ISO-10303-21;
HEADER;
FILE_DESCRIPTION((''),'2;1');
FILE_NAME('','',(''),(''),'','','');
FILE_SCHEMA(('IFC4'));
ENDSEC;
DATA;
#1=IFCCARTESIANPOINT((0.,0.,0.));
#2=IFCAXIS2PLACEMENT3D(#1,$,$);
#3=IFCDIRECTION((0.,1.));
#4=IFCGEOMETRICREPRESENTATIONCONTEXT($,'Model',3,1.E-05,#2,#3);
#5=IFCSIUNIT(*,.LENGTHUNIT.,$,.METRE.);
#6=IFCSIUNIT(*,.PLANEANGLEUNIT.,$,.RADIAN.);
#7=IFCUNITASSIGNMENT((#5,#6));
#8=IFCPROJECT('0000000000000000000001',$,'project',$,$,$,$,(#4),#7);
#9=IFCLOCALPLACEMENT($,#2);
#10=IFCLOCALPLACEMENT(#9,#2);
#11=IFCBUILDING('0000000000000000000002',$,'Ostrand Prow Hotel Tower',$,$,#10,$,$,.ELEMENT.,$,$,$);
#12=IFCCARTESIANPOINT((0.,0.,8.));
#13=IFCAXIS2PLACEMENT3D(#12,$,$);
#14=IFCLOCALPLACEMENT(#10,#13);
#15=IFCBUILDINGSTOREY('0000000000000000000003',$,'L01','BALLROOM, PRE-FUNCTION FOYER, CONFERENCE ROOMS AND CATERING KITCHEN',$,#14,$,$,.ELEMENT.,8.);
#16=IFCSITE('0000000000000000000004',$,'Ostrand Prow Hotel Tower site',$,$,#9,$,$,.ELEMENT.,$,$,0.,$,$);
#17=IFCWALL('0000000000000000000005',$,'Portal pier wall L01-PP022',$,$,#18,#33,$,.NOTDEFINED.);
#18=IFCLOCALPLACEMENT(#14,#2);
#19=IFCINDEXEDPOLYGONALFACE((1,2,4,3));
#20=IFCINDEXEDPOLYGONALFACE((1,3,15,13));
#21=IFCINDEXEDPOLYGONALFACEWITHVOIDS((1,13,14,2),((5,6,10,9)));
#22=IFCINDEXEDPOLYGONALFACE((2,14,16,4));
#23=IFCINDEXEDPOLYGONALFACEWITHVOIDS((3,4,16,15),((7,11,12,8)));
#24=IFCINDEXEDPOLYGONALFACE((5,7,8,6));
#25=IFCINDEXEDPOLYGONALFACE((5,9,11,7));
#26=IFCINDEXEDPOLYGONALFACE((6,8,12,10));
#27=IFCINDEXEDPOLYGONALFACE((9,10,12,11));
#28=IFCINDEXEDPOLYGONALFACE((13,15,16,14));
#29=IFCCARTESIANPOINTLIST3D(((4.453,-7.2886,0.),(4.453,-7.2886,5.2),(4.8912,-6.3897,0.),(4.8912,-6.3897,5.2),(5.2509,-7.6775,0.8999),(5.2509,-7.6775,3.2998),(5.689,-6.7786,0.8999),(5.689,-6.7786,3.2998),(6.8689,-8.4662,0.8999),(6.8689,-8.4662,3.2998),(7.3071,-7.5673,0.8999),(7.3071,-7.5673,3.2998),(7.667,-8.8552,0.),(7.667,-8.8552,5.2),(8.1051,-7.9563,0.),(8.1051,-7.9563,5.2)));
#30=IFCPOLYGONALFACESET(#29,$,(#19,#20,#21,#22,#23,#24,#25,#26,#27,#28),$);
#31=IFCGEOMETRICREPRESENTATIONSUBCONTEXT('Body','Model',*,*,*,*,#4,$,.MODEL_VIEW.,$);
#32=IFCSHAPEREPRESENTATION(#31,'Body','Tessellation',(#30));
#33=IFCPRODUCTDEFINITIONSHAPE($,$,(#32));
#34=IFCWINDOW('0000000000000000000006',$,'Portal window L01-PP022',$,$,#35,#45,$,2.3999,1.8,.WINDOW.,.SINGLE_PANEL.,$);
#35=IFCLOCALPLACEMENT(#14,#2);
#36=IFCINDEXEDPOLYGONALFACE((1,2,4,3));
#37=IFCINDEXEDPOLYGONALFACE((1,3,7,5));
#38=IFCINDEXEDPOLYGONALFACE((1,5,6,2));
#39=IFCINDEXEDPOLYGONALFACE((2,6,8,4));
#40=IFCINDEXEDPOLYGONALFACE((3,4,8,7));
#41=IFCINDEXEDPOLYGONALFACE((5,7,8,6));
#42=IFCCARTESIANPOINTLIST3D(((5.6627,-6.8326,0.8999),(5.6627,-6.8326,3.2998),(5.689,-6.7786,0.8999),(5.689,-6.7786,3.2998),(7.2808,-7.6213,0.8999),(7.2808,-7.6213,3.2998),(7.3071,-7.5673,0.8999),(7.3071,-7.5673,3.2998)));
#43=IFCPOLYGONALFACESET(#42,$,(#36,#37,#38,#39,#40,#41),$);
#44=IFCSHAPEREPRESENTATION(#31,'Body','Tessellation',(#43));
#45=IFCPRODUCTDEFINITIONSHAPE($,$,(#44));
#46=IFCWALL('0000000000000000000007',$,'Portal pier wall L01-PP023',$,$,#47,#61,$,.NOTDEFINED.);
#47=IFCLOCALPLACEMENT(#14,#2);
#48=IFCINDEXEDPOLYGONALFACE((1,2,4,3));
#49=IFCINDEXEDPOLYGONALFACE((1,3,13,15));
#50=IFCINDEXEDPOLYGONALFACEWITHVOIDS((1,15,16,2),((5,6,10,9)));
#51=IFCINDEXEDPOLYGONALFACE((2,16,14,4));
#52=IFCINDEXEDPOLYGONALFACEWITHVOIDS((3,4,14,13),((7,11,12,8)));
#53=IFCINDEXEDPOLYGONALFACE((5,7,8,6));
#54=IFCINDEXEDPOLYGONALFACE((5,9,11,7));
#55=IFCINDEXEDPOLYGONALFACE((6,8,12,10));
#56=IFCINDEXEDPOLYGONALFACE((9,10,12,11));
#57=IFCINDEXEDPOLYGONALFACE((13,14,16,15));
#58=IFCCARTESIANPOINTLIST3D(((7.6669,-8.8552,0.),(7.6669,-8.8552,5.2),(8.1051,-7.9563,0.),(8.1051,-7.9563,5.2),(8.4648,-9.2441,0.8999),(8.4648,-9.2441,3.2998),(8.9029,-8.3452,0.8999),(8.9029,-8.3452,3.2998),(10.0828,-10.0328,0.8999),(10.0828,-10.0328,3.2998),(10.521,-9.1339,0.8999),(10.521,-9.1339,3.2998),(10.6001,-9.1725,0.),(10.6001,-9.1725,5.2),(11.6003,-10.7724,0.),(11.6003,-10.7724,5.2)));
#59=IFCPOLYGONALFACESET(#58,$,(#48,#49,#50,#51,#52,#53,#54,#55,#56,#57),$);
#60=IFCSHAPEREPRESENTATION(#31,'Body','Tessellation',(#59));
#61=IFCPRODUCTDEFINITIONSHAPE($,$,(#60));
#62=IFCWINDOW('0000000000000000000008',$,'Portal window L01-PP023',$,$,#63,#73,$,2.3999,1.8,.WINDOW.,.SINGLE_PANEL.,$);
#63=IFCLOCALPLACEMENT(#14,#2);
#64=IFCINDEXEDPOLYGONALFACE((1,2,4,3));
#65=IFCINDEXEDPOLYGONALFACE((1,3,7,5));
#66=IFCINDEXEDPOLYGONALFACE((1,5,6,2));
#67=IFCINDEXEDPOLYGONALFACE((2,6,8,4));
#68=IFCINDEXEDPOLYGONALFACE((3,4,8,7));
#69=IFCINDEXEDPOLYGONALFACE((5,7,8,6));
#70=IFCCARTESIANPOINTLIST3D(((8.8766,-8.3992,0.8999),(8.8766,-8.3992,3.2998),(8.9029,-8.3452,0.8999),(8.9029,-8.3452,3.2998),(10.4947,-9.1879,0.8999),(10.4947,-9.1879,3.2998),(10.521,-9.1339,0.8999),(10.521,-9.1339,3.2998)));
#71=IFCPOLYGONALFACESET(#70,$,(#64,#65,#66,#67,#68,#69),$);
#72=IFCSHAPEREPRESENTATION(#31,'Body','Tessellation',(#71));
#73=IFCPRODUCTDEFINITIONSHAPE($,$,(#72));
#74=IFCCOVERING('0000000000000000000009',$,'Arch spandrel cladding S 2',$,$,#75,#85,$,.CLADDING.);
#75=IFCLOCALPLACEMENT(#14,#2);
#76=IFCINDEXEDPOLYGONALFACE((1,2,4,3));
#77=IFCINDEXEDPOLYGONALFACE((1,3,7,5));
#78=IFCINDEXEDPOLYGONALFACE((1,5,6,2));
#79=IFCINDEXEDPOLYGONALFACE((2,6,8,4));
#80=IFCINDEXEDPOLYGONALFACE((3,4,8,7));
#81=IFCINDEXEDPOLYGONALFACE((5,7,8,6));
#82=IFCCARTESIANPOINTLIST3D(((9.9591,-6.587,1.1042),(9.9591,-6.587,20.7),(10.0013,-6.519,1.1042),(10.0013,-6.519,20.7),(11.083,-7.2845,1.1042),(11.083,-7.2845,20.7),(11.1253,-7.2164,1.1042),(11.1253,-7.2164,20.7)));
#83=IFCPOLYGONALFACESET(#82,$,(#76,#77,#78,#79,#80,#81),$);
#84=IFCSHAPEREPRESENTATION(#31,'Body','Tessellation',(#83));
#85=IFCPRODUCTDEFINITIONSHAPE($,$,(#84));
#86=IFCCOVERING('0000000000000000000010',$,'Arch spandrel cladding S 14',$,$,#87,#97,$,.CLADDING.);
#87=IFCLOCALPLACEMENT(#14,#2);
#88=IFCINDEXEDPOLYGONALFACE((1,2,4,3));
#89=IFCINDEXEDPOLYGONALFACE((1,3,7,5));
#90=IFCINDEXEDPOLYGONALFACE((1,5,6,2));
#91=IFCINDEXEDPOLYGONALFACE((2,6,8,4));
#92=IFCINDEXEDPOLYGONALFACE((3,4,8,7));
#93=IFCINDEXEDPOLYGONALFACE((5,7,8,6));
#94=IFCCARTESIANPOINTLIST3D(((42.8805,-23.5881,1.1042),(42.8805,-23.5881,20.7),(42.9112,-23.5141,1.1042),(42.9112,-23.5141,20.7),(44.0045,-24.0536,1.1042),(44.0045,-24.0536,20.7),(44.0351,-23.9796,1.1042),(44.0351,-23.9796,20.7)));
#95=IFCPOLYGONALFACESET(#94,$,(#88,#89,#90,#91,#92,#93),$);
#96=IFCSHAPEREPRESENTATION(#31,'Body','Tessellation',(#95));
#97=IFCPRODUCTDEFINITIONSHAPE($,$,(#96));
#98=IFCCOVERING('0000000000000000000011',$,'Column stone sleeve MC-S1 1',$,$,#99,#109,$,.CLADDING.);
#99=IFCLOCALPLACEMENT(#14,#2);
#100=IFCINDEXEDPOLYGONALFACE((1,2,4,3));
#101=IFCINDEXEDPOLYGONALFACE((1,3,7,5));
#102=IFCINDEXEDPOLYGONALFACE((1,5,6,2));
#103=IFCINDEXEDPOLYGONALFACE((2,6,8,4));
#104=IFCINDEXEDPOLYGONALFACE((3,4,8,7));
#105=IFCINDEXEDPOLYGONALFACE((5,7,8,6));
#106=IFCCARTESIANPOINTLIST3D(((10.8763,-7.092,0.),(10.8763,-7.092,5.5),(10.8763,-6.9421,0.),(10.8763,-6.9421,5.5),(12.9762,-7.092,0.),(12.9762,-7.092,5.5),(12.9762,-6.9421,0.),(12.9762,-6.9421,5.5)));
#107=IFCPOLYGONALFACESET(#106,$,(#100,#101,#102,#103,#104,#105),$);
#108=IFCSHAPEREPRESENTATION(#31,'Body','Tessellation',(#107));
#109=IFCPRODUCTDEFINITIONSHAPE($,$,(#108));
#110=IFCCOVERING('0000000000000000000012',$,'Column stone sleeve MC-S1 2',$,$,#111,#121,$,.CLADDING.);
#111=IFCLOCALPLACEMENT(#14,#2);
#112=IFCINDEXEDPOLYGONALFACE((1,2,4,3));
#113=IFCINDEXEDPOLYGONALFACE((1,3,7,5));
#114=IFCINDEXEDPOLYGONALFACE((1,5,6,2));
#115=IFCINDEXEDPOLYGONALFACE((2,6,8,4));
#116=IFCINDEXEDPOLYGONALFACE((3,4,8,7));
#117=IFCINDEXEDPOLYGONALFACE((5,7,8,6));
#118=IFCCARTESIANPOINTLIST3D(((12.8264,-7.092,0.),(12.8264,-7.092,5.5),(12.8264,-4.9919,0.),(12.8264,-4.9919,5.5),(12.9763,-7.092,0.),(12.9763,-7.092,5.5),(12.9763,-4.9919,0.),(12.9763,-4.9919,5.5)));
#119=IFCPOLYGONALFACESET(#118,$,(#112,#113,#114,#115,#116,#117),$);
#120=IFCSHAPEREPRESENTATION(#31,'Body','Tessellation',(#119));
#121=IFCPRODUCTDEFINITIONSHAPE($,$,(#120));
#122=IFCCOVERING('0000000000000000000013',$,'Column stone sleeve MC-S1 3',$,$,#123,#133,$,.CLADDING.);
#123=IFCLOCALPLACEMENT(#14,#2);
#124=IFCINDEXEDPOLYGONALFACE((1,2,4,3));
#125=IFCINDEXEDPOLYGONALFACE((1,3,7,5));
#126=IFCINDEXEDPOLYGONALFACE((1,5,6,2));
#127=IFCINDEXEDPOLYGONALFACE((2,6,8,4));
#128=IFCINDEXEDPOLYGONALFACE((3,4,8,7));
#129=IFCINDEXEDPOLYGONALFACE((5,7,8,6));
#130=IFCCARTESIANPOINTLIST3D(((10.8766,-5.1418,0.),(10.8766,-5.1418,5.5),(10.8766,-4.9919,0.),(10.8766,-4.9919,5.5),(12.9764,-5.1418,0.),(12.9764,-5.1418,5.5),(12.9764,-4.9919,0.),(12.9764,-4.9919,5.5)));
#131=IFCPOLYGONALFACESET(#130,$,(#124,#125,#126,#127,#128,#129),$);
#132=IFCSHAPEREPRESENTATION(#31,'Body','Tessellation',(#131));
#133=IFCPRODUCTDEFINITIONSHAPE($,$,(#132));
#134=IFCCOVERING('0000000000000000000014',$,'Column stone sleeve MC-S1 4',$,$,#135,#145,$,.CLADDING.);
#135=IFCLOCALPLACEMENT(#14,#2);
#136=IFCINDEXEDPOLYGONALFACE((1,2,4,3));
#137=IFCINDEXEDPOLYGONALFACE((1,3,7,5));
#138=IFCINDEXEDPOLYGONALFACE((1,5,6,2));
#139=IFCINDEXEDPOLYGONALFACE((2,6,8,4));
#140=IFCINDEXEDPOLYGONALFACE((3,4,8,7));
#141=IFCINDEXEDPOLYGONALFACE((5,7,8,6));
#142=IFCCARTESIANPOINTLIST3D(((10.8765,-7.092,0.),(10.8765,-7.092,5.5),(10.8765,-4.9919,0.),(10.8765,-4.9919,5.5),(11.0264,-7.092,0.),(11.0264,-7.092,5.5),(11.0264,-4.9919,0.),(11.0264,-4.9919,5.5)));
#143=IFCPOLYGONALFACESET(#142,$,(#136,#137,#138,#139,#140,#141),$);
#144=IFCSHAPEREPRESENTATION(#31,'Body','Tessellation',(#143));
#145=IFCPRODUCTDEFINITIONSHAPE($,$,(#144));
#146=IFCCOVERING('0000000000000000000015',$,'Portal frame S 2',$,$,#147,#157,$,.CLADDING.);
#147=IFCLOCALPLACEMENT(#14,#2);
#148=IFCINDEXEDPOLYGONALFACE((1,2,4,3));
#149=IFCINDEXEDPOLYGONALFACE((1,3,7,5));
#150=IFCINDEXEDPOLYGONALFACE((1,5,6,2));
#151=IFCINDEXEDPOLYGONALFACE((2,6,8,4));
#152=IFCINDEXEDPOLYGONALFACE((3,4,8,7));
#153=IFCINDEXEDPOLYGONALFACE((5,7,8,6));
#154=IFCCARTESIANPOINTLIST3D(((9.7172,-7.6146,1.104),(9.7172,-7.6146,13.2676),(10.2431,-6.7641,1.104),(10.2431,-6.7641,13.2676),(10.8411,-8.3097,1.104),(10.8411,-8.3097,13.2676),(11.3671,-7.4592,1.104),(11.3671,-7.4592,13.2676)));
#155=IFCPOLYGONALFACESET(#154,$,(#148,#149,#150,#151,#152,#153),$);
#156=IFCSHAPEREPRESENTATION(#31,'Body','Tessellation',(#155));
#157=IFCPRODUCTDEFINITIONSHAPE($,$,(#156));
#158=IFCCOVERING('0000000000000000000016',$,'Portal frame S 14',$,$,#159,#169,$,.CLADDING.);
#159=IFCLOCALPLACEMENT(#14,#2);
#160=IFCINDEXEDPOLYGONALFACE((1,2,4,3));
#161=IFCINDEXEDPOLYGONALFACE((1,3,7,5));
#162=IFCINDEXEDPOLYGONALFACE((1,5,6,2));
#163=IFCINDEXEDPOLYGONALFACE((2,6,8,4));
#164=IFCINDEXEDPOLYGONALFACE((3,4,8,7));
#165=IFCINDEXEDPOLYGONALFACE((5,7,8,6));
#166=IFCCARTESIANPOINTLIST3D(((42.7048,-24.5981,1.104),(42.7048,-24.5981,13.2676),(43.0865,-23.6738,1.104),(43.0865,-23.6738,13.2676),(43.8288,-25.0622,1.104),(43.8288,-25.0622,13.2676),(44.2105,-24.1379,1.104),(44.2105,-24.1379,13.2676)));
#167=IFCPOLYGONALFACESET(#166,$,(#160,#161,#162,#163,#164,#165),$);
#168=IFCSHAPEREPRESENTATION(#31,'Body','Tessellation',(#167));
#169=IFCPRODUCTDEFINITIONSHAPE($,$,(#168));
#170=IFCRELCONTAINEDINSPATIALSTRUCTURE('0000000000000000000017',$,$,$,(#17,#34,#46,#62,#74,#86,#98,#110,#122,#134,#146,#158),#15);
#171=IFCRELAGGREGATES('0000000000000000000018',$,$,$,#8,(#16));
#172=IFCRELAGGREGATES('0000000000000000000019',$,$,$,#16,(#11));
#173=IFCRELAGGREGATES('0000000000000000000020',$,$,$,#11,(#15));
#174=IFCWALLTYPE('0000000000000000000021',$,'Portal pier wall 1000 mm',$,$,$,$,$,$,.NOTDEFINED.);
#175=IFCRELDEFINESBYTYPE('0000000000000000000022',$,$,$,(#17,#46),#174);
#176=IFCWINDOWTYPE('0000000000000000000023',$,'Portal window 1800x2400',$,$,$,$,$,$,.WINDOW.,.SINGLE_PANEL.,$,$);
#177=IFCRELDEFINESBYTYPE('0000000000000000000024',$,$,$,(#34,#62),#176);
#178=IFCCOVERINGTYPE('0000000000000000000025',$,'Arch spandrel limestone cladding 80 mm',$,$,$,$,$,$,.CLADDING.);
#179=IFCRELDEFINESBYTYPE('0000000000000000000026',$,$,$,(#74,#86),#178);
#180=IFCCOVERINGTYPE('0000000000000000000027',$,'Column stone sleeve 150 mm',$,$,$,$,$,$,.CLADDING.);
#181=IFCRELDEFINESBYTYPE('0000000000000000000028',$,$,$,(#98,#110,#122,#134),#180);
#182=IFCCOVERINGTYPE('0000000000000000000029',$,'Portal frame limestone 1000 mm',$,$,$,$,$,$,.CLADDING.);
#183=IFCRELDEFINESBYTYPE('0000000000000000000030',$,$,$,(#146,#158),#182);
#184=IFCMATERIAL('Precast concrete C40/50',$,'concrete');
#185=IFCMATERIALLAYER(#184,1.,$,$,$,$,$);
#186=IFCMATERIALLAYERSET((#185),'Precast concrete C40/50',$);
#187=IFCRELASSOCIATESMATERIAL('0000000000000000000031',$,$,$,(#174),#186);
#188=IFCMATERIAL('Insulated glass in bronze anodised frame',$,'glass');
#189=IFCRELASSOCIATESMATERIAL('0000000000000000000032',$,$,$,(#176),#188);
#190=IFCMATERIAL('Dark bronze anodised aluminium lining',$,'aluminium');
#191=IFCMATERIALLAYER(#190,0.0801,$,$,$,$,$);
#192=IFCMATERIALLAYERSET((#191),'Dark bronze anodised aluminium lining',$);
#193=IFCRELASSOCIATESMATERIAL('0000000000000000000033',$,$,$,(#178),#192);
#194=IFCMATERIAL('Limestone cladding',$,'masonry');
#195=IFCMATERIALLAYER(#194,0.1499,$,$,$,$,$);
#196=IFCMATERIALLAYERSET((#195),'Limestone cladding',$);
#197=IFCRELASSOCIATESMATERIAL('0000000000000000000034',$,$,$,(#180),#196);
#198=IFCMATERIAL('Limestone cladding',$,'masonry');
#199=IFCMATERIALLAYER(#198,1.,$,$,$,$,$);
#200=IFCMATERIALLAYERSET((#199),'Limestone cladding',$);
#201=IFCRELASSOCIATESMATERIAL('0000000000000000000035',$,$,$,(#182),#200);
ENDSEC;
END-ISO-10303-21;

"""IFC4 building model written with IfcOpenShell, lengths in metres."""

from ifc_helpers import new_model, si_unit, direction, frame, frame_2d, origin, place, context, subcontext, project, spatial, polyline, rectangle, outline, extrude, material, layer, layer_set, type_object, element, fill, save


model = new_model("IFC4")

# Units and contexts
model_context = context("Model", 3, precision=1e-05, world=origin(), true_north=direction((0.0, 1.0)))
body_context = subcontext(model_context, "Body", "Model", "MODEL_VIEW")
ifc_project = project(units=[si_unit("LENGTHUNIT", "METRE"), si_unit("PLANEANGLEUNIT", "RADIAN")], contexts=[model_context])

# Site, building, storey
site_placement = place(None, origin())
site = spatial("IfcSite", under=ifc_project, at=site_placement, Name="Ostrand Prow Hotel Tower site", CompositionType="ELEMENT", RefElevation=0.0)
building_placement = place(site_placement, origin())
building = spatial("IfcBuilding", under=site, at=building_placement, Name="Ostrand Prow Hotel Tower", CompositionType="ELEMENT")
storey_placement = place(building_placement, frame((0.0, 0.0, 8.0)))
storey = spatial("IfcBuildingStorey", under=building, at=storey_placement, Name="L01", Description="BALLROOM, PRE-FUNCTION FOYER, CONFERENCE ROOMS AND CATERING KITCHEN", CompositionType="ELEMENT", Elevation=8.0)

# Shared definitions
ifc_material_1 = material(Name="Precast concrete C40/50", Category="concrete")
ifc_layer_1 = layer(ifc_material_1, 1.0)
ifc_layer_set_1 = layer_set([ifc_layer_1], Name="Precast concrete C40/50")
wall_type_1 = type_object("IfcWallType", Name="Portal pier wall 1000 mm", PredefinedType="NOTDEFINED", material=ifc_layer_set_1)

# Shared definitions
ifc_material_2 = material(Name="Insulated glass in bronze anodised frame", Category="glass")
window_type = type_object("IfcWindowType", Name="Portal window 1800x2400", PartitioningType="SINGLE_PANEL", PredefinedType="WINDOW", material=ifc_material_2)

# Walls, openings, windows
wall_1_placement = place(storey_placement, frame((4.6721, -6.8391, 0.0), z_axis=(0.0, 0.0, 1.0), x_axis=(0.898889, -0.438177, 0.0)))
wall_1 = element("IfcWall", 1, at=wall_1_placement, inside=storey, type_object=wall_type_1, Name="Portal pier wall L01-PP022", PredefinedType="NOTDEFINED", context=body_context, shape_type="SweptSolid", body=[
    extrude(outline(polyline([(0.0, -0.5), (3.5754, -0.5), (3.5754, 0.5), (0.0, 0.5), (0.0, -0.5)])), origin(), (0.0, 0.0, 1.0), 5.2),
])
opening_1_placement = place(wall_1_placement, frame((0.8877, 0.0, 0.8999)))
opening_1 = element("IfcOpeningElement", 2, at=opening_1_placement, cuts=wall_1, PredefinedType="OPENING", context=body_context, shape_type="SweptSolid", body=[
    extrude(rectangle(XDim=1.8, YDim=2.3999, at=frame_2d((0.8999, 1.2))), frame((0.0, 0.51, 0.0), z_axis=(0.0, -1.0, 0.0), x_axis=(1.0, 0.0, 0.0)), (0.0, 0.0, 1.0), 1.02),
])
window_1_placement = place(opening_1_placement, origin())
window_1 = element("IfcWindow", 3, at=window_1_placement, inside=storey, type_object=window_type, Name="Portal window L01-PP022", OverallHeight=2.3999, OverallWidth=1.8, PartitioningType="SINGLE_PANEL", PredefinedType="WINDOW", context=body_context, shape_type="SweptSolid", body=[
    extrude(rectangle(XDim=1.8, YDim=2.3999, at=frame_2d((0.8999, 1.2))), frame((0.0, 0.5, 0.0), z_axis=(0.0, -1.0, 0.0), x_axis=(1.0, 0.0, 0.0)), (0.0, 0.0, 1.0), 0.0601),
])
fill(opening_1, window_1)
wall_2_placement = place(storey_placement, frame((7.886, -8.4058, 0.0), z_axis=(0.0, 0.0, 1.0), x_axis=(0.898902, -0.438151, 0.0)))
wall_2 = element("IfcWall", 4, at=wall_2_placement, inside=storey, type_object=wall_type_1, Name="Portal pier wall L01-PP023", PredefinedType="NOTDEFINED", context=body_context, shape_type="SweptSolid", body=[
    extrude(outline(polyline([(0.0, -0.5), (4.3757, -0.5), (2.7756, 0.5), (0.0, 0.5), (0.0, -0.5)])), origin(), (0.0, 0.0, 1.0), 5.2),
])
opening_2_placement = place(wall_2_placement, frame((0.8877, 0.0, 0.8999)))
opening_2 = element("IfcOpeningElement", 5, at=opening_2_placement, cuts=wall_2, PredefinedType="OPENING", context=body_context, shape_type="SweptSolid", body=[
    extrude(rectangle(XDim=1.8, YDim=2.3999, at=frame_2d((0.8999, 1.2))), frame((0.0, 0.51, 0.0), z_axis=(0.0, -1.0, 0.0), x_axis=(1.0, 0.0, 0.0)), (0.0, 0.0, 1.0), 1.02),
])
window_2_placement = place(opening_2_placement, origin())
window_2 = element("IfcWindow", 6, at=window_2_placement, inside=storey, type_object=window_type, Name="Portal window L01-PP023", OverallHeight=2.3999, OverallWidth=1.8, PartitioningType="SINGLE_PANEL", PredefinedType="WINDOW", context=body_context, shape_type="SweptSolid", body=[
    extrude(rectangle(XDim=1.8, YDim=2.3999, at=frame_2d((0.8999, 1.2))), frame((0.0, 0.5, 0.0), z_axis=(0.0, -1.0, 0.0), x_axis=(1.0, 0.0, 0.0)), (0.0, 0.0, 1.0), 0.0601),
])
fill(opening_2, window_2)

# Coverings
ifc_material_3 = material(Name="Dark bronze anodised aluminium lining", Category="aluminium")
ifc_layer_2 = layer(ifc_material_3, 0.0801)
ifc_layer_set_2 = layer_set([ifc_layer_2], Name="Dark bronze anodised aluminium lining")
covering_type_1 = type_object("IfcCoveringType", Name="Arch spandrel limestone cladding 80 mm", PredefinedType="CLADDING", material=ifc_layer_set_2)
covering_1_placement = place(storey_placement, frame((9.9802, -6.553, 1.1042), z_axis=(0.0, 0.0, 1.0), x_axis=(0.849694, -0.527276, 0.0)))
element("IfcCovering", 7, at=covering_1_placement, inside=storey, type_object=covering_type_1, Name="Arch spandrel cladding S 2", PredefinedType="CLADDING", context=body_context, shape_type="SweptSolid", body=[
    extrude(rectangle(XDim=1.3228, YDim=0.0801, at=frame_2d((0.6614, 0.0))), origin(), (0.0, 0.0, 1.0), 19.5957),
])
covering_2_placement = place(storey_placement, frame((42.8958, -23.551, 1.1042), z_axis=(0.0, 0.0, 1.0), x_axis=(0.923882, -0.382677, 0.0)))
element("IfcCovering", 8, at=covering_2_placement, inside=storey, type_object=covering_type_1, Name="Arch spandrel cladding S 14", PredefinedType="CLADDING", context=body_context, shape_type="SweptSolid", body=[
    extrude(rectangle(XDim=1.2166, YDim=0.0801, at=frame_2d((0.6084, 0.0))), origin(), (0.0, 0.0, 1.0), 19.5957),
])
ifc_material_4 = material(Name="Limestone cladding", Category="masonry")
ifc_layer_3 = layer(ifc_material_4, 0.1499)
ifc_layer_set_3 = layer_set([ifc_layer_3], Name="Limestone cladding")
covering_type_2 = type_object("IfcCoveringType", Name="Column stone sleeve 150 mm", PredefinedType="CLADDING", material=ifc_layer_set_3)
covering_3_placement = place(storey_placement, frame((10.8765, -7.0171, 0.0), z_axis=(0.0, 0.0, 1.0), x_axis=(1.0, 0.0, 0.0)))
element("IfcCovering", 9, at=covering_3_placement, inside=storey, type_object=covering_type_2, Name="Column stone sleeve MC-S1 1", PredefinedType="CLADDING", context=body_context, shape_type="SweptSolid", body=[
    extrude(rectangle(XDim=2.0999, YDim=0.1499, at=frame_2d((1.0498, 0.0))), origin(), (0.0, 0.0, 1.0), 5.5),
])
covering_4_placement = place(storey_placement, frame((12.9014, -7.092, 0.0), z_axis=(0.0, 0.0, 1.0), x_axis=(0.0, 1.0, 0.0)))
element("IfcCovering", 10, at=covering_4_placement, inside=storey, type_object=covering_type_2, Name="Column stone sleeve MC-S1 2", PredefinedType="CLADDING", context=body_context, shape_type="SweptSolid", body=[
    extrude(rectangle(XDim=2.1001, YDim=0.1499, at=frame_2d((1.05, 0.0))), origin(), (0.0, 0.0, 1.0), 5.5),
])
covering_5_placement = place(storey_placement, frame((12.9763, -5.0669, 0.0), z_axis=(0.0, 0.0, 1.0), x_axis=(-1.0, 0.0, 0.0)))
element("IfcCovering", 11, at=covering_5_placement, inside=storey, type_object=covering_type_2, Name="Column stone sleeve MC-S1 3", PredefinedType="CLADDING", context=body_context, shape_type="SweptSolid", body=[
    extrude(rectangle(XDim=2.0999, YDim=0.1499, at=frame_2d((1.0498, 0.0))), origin(), (0.0, 0.0, 1.0), 5.5),
])
covering_6_placement = place(storey_placement, frame((10.9514, -4.9919, 0.0), z_axis=(0.0, 0.0, 1.0), x_axis=(0.0, -1.0, 0.0)))
element("IfcCovering", 12, at=covering_6_placement, inside=storey, type_object=covering_type_2, Name="Column stone sleeve MC-S1 4", PredefinedType="CLADDING", context=body_context, shape_type="SweptSolid", body=[
    extrude(rectangle(XDim=2.1001, YDim=0.1499, at=frame_2d((1.05, 0.0))), origin(), (0.0, 0.0, 1.0), 5.5),
])
ifc_material_5 = material(Name="Limestone cladding", Category="masonry")
ifc_layer_4 = layer(ifc_material_5, 1.0)
ifc_layer_set_4 = layer_set([ifc_layer_4], Name="Limestone cladding")
covering_type_3 = type_object("IfcCoveringType", Name="Portal frame limestone 1000 mm", PredefinedType="CLADDING", material=ifc_layer_set_4)
covering_7_placement = place(storey_placement, frame((9.9802, -7.1895, 1.104), z_axis=(0.0, 0.0, 1.0), x_axis=(0.850521, -0.525941, 0.0)))
element("IfcCovering", 13, at=covering_7_placement, inside=storey, type_object=covering_type_3, Name="Portal frame S 2", PredefinedType="CLADDING", context=body_context, shape_type="SweptSolid", body=[
    extrude(rectangle(XDim=1.3215, YDim=1.0, at=frame_2d((0.6606, 0.0))), origin(), (0.0, 0.0, 1.0), 12.1636),
])
covering_8_placement = place(storey_placement, frame((42.8958, -24.136, 1.104), z_axis=(0.0, 0.0, 1.0), x_axis=(0.924308, -0.381648, 0.0)))
element("IfcCovering", 14, at=covering_8_placement, inside=storey, type_object=covering_type_3, Name="Portal frame S 14", PredefinedType="CLADDING", context=body_context, shape_type="SweptSolid", body=[
    extrude(rectangle(XDim=1.2161, YDim=1.0, at=frame_2d((0.6079, 0.0))), origin(), (0.0, 0.0, 1.0), 12.1636),
])

save(model, "model.ifc")
